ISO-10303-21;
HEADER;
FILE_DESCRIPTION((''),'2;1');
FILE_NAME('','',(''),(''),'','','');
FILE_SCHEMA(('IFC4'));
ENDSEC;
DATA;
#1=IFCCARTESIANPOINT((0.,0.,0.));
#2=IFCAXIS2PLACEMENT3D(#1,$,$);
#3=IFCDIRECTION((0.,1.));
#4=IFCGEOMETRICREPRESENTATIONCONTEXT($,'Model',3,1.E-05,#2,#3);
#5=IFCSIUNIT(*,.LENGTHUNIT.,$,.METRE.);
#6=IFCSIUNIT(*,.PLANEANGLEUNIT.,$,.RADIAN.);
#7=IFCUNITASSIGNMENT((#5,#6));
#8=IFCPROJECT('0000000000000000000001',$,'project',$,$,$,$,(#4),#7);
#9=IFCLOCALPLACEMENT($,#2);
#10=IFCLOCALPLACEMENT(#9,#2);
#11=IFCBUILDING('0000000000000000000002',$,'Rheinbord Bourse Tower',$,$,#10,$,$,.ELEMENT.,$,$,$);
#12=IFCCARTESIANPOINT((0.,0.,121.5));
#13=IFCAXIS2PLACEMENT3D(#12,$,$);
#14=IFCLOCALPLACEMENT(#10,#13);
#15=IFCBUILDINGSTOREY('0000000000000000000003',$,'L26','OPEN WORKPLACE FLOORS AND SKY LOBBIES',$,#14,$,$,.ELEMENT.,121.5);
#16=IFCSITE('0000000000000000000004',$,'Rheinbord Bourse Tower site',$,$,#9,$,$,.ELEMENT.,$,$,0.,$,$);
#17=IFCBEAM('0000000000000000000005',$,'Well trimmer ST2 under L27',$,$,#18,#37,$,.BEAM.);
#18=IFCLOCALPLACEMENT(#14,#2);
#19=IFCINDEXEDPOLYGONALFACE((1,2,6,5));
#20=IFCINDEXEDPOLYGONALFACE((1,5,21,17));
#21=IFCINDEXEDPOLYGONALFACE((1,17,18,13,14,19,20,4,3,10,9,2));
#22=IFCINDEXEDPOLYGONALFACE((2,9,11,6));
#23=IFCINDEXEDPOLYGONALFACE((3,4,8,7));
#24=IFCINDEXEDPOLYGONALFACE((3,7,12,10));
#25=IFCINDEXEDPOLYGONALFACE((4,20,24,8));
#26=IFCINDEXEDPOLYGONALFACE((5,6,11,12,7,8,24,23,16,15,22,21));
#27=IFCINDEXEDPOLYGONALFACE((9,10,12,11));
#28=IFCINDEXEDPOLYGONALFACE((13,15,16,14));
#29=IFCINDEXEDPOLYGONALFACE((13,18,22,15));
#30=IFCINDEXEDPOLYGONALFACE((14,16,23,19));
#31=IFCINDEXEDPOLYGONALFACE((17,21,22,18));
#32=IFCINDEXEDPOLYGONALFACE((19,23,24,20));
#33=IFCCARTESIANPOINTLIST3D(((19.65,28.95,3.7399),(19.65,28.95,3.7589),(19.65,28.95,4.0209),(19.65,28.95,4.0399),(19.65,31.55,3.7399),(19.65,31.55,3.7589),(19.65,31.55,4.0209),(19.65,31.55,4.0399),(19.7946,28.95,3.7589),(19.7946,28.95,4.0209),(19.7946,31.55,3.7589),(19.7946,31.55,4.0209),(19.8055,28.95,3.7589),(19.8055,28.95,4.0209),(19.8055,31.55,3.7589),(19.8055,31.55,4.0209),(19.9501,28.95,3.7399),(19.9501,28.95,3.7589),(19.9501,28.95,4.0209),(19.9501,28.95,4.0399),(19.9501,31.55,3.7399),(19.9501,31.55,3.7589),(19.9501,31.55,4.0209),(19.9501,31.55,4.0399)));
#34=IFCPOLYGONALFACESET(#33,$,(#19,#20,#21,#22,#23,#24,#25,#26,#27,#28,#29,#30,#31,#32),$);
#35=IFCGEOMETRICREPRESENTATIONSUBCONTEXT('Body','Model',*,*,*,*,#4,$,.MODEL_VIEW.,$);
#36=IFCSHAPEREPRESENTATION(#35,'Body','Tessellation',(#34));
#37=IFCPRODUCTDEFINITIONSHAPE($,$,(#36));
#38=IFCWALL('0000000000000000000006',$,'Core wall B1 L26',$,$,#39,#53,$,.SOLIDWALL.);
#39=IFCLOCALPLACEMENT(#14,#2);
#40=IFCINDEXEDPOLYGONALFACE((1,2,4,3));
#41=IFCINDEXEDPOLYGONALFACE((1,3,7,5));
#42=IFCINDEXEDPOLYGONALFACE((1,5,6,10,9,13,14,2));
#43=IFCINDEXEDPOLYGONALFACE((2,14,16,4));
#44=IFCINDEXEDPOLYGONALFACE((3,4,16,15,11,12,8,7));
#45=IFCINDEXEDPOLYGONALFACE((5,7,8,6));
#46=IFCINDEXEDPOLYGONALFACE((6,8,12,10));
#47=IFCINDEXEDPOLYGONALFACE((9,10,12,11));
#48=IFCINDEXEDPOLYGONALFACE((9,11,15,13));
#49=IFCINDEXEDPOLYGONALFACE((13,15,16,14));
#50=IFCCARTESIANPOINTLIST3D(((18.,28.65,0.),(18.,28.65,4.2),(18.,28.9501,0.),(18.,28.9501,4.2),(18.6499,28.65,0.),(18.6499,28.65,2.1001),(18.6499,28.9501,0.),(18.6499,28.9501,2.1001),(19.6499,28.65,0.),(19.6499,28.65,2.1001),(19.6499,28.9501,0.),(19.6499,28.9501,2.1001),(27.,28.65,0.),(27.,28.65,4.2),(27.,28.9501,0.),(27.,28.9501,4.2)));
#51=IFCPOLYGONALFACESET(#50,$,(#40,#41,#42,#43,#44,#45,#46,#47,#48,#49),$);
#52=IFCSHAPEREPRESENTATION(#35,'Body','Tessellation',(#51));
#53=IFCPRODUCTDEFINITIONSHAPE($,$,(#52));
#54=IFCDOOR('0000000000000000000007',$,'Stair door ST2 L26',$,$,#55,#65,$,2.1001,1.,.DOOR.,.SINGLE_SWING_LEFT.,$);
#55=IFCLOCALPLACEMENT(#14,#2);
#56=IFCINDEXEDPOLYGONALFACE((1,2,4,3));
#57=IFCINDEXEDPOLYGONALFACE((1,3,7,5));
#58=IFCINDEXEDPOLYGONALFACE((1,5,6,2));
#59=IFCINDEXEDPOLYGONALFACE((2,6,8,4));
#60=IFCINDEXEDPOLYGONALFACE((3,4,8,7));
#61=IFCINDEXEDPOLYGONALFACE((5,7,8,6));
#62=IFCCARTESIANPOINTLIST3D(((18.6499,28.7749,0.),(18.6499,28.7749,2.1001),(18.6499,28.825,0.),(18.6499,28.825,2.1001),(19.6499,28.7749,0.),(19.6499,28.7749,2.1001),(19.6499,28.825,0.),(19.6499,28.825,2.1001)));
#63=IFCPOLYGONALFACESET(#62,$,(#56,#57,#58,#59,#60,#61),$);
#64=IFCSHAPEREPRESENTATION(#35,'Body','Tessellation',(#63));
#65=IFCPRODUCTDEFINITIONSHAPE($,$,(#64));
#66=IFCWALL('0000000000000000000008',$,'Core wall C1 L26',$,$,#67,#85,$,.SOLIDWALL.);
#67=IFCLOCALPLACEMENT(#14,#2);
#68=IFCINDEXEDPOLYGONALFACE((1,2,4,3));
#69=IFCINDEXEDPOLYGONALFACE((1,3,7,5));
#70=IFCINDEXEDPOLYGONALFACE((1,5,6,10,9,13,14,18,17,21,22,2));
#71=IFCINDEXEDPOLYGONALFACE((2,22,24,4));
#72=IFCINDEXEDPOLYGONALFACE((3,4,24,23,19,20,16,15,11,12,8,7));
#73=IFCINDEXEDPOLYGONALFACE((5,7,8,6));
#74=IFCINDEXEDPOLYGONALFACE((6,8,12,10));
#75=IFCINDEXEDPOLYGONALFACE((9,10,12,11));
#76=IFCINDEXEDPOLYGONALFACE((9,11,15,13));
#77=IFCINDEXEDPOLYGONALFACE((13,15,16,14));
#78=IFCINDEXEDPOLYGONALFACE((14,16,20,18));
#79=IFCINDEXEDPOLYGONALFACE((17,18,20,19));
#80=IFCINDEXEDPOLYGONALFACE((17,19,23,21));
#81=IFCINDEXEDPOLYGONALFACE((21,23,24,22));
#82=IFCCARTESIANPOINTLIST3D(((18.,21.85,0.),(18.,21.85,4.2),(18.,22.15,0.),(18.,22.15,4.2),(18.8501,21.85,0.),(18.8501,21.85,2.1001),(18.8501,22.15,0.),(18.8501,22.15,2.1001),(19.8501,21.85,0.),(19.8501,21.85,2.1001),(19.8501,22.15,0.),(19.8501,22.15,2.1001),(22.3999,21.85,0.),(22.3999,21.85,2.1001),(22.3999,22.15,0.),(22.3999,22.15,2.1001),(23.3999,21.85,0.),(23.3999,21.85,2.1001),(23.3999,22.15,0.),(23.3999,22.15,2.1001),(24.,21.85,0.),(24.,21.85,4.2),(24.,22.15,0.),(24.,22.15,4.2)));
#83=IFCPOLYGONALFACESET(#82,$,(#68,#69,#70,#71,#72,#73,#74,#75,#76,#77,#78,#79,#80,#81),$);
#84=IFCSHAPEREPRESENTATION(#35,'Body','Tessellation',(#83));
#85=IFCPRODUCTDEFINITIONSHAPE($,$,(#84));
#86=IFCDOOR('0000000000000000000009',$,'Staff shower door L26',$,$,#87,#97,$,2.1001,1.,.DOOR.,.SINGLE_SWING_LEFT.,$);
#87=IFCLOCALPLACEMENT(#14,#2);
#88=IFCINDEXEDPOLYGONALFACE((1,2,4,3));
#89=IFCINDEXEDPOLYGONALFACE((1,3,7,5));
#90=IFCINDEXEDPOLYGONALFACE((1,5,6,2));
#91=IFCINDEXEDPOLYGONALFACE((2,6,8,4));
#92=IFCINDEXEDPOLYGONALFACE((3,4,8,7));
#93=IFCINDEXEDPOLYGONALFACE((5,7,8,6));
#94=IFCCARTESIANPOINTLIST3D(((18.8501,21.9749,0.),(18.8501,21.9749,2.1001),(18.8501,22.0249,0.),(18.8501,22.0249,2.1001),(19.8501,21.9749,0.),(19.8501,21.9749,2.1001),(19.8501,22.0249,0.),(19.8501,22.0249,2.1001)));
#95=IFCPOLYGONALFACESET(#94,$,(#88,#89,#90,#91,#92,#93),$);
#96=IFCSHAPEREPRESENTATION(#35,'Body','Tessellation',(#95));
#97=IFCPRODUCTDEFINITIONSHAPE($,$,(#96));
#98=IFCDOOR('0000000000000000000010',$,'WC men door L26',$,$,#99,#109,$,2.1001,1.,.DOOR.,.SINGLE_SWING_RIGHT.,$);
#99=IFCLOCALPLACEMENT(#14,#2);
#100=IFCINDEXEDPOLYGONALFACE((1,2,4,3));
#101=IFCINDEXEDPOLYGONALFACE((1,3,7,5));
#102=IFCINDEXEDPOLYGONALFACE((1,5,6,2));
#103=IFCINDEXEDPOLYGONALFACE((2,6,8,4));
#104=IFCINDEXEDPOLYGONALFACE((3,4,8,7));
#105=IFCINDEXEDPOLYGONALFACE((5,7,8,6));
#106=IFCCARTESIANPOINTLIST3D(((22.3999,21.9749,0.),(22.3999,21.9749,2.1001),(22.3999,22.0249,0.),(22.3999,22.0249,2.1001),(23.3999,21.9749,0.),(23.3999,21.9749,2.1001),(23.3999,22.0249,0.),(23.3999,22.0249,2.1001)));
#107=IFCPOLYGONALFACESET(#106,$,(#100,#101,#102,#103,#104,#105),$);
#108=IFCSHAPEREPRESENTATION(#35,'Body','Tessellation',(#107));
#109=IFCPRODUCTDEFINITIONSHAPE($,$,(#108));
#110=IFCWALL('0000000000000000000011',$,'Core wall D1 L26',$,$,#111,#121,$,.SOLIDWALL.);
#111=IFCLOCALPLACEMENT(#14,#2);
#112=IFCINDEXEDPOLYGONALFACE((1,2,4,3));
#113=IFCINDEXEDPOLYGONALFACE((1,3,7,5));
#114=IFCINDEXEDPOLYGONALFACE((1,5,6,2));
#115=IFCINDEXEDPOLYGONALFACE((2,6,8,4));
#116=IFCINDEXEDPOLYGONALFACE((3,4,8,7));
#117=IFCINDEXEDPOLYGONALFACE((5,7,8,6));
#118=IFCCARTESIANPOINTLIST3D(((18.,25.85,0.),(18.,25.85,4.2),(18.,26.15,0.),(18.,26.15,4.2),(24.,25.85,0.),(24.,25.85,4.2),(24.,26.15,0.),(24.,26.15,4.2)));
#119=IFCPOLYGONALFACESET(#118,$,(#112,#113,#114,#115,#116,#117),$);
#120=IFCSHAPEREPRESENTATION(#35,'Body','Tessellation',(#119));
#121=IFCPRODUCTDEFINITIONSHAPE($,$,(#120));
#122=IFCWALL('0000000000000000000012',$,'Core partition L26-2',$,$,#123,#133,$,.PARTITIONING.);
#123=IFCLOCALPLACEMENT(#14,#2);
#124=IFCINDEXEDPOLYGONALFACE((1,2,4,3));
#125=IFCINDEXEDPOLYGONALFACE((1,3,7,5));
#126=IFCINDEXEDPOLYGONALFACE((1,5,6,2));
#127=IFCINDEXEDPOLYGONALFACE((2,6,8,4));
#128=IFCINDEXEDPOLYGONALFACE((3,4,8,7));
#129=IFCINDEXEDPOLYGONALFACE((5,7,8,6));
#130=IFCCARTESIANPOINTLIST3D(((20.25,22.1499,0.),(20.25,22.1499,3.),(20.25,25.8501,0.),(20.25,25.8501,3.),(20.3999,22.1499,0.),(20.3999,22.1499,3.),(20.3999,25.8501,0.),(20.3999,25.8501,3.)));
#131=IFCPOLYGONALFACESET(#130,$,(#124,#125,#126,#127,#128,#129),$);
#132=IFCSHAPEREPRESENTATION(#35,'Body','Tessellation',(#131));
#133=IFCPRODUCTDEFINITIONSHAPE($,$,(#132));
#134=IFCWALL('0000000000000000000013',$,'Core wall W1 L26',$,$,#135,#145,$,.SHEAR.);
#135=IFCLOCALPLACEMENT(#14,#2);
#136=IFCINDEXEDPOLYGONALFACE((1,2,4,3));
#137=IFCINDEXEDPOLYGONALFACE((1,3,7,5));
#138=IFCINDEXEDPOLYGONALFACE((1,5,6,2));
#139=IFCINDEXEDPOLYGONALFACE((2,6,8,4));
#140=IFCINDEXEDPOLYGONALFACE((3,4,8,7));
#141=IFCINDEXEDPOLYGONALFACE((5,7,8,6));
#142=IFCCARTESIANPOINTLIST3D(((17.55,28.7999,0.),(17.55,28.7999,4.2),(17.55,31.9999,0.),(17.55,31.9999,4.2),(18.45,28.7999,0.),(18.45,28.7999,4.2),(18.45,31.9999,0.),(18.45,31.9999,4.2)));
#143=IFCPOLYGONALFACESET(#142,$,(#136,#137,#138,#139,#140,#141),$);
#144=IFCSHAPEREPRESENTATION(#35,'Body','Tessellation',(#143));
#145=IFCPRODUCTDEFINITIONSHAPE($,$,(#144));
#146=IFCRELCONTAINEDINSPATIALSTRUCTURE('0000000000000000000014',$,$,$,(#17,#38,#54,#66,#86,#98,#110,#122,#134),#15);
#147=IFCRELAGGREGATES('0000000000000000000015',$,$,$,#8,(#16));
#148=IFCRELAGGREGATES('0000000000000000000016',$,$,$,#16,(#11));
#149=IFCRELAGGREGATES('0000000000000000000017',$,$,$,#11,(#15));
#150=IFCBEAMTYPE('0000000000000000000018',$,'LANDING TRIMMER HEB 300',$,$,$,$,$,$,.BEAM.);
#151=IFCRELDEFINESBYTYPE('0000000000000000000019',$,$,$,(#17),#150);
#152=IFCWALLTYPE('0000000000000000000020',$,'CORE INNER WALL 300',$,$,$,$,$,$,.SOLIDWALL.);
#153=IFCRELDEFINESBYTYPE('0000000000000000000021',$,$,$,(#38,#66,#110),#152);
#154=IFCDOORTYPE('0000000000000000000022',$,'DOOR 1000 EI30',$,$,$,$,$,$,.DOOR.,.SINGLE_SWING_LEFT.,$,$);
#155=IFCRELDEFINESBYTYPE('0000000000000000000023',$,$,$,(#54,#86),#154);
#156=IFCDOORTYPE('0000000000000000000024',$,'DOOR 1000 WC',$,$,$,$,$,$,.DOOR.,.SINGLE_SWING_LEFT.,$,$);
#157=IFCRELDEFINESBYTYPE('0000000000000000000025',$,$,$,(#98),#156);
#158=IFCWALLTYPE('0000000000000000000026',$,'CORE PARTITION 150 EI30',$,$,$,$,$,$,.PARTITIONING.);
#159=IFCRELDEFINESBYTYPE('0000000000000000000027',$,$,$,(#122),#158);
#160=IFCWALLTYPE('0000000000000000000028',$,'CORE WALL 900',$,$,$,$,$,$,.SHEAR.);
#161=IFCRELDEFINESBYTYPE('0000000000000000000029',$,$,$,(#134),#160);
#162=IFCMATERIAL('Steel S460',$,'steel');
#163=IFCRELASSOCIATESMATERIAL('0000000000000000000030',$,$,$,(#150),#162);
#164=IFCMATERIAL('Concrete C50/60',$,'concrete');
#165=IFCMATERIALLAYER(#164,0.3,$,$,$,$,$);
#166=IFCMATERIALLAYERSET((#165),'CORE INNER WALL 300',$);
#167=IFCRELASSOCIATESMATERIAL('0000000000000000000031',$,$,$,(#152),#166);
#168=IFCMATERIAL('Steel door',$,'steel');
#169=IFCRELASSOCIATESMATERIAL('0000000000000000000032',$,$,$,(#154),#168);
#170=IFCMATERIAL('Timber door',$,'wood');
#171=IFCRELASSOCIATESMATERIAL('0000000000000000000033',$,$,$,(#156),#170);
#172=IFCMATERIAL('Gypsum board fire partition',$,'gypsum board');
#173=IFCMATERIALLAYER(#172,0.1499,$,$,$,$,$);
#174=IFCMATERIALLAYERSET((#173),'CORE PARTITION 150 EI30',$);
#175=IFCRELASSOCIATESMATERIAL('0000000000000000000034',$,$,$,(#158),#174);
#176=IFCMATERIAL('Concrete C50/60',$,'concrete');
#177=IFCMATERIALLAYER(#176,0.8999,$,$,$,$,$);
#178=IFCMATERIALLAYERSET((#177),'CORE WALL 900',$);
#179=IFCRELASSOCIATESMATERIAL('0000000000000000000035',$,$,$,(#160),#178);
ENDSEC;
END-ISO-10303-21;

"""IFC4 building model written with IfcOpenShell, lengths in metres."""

from ifc_helpers import new_model, si_unit, direction, frame, frame_2d, origin, origin_2d, place, context, subcontext, project, spatial, rectangle, i_section, extrude, material, layer, layer_set, material_profile, profile_set, type_object, element, fill, save


model = new_model("IFC4")

# Units and contexts
model_context = context("Model", 3, precision=1e-05, world=origin(), true_north=direction((0.0, 1.0)))
body_context = subcontext(model_context, "Body", "Model", "MODEL_VIEW")
ifc_project = project(units=[si_unit("LENGTHUNIT", "METRE"), si_unit("PLANEANGLEUNIT", "RADIAN")], contexts=[model_context])

# Site, building, storey
site_placement = place(None, origin())
site = spatial("IfcSite", under=ifc_project, at=site_placement, Name="Rheinbord Bourse Tower site", CompositionType="ELEMENT", RefElevation=0.0)
building_placement = place(site_placement, origin())
building = spatial("IfcBuilding", under=site, at=building_placement, Name="Rheinbord Bourse Tower", CompositionType="ELEMENT")
storey_placement = place(building_placement, frame((0.0, 0.0, 121.5)))
storey = spatial("IfcBuildingStorey", under=building, at=storey_placement, Name="L26", Description="OPEN WORKPLACE FLOORS AND SKY LOBBIES", CompositionType="ELEMENT", Elevation=121.5)

# Beam
ifc_material_1 = material(Name="Steel S460", Category="steel")
ifc_material_profile = material_profile(ifc_material_1, i_section(OverallWidth=0.3, OverallDepth=0.3, WebThickness=0.011, FlangeThickness=0.019, at=origin_2d()), Name="HEB 300")
ifc_profile_set = profile_set([ifc_material_profile], Name="Steel S460")
beam_type = type_object("IfcBeamType", Name="LANDING TRIMMER HEB 300", PredefinedType="BEAM", material=ifc_profile_set)
beam_placement = place(storey_placement, frame((19.8, 28.95, 3.8899), z_axis=(0.0, 1.0, 0.0), x_axis=(-1.0, 0.0, 0.0)))
element("IfcBeam", 1, at=beam_placement, inside=storey, type_object=beam_type, Name="Well trimmer ST2 under L27", PredefinedType="BEAM", context=body_context, shape_type="SweptSolid", body=[
    extrude(i_section(OverallWidth=0.3, OverallDepth=0.3, WebThickness=0.011, FlangeThickness=0.019, at=origin_2d()), origin(), (0.0, 0.0, 1.0), 2.6001),
])

# Wall, opening, door
ifc_material_2 = material(Name="Concrete C50/60", Category="concrete")
ifc_layer_1 = layer(ifc_material_2, 0.3)
ifc_layer_set_1 = layer_set([ifc_layer_1], Name="CORE INNER WALL 300")
wall_type_1 = type_object("IfcWallType", Name="CORE INNER WALL 300", PredefinedType="SOLIDWALL", material=ifc_layer_set_1)
wall_1_placement = place(storey_placement, frame((18.0, 28.8, 0.0), z_axis=(0.0, 0.0, 1.0), x_axis=(1.0, 0.0, 0.0)))
wall_1 = element("IfcWall", 2, at=wall_1_placement, inside=storey, type_object=wall_type_1, Name="Core wall B1 L26", PredefinedType="SOLIDWALL", context=body_context, shape_type="SweptSolid", body=[
    extrude(rectangle(XDim=9.0, YDim=0.3, at=frame_2d((4.5, 0.0))), origin(), (0.0, 0.0, 1.0), 4.2),
])
opening_1_placement = place(wall_1_placement, frame((0.6499, 0.0, 0.0)))
opening_1 = element("IfcOpeningElement", 3, at=opening_1_placement, cuts=wall_1, PredefinedType="OPENING", context=body_context, shape_type="SweptSolid", body=[
    extrude(rectangle(XDim=1.0, YDim=2.1001, at=frame_2d((0.5, 1.05))), frame((0.0, 0.1599, 0.0), z_axis=(0.0, -1.0, 0.0), x_axis=(1.0, 0.0, 0.0)), (0.0, 0.0, 1.0), 0.3201),
])
ifc_material_3 = material(Name="Steel door", Category="steel")
door_type_1 = type_object("IfcDoorType", Name="DOOR 1000 EI30", OperationType="SINGLE_SWING_LEFT", PredefinedType="DOOR", material=ifc_material_3)
door_1_placement = place(opening_1_placement, origin())
door_1 = element("IfcDoor", 4, at=door_1_placement, inside=storey, type_object=door_type_1, Name="Stair door ST2 L26", OperationType="SINGLE_SWING_LEFT", OverallHeight=2.1001, OverallWidth=1.0, PredefinedType="DOOR", context=body_context, shape_type="SweptSolid", body=[
    extrude(rectangle(XDim=1.0, YDim=2.1001, at=frame_2d((0.5, 1.05))), frame((0.0, 0.0249, 0.0), z_axis=(0.0, -1.0, 0.0), x_axis=(1.0, 0.0, 0.0)), (0.0, 0.0, 1.0), 0.05),
])
fill(opening_1, door_1)

# Wall, openings, doors
wall_2_placement = place(storey_placement, frame((18.0, 22.0, 0.0), z_axis=(0.0, 0.0, 1.0), x_axis=(1.0, 0.0, 0.0)))
wall_2 = element("IfcWall", 5, at=wall_2_placement, inside=storey, type_object=wall_type_1, Name="Core wall C1 L26", PredefinedType="SOLIDWALL", context=body_context, shape_type="SweptSolid", body=[
    extrude(rectangle(XDim=6.0, YDim=0.3, at=frame_2d((3.0, 0.0))), origin(), (0.0, 0.0, 1.0), 4.2),
])
opening_2_placement = place(wall_2_placement, frame((4.3999, 0.0, 0.0)))
opening_2 = element("IfcOpeningElement", 6, at=opening_2_placement, cuts=wall_2, PredefinedType="OPENING", context=body_context, shape_type="SweptSolid", body=[
    extrude(rectangle(XDim=1.0, YDim=2.1001, at=frame_2d((0.5, 1.05))), frame((0.0, 0.1599, 0.0), z_axis=(0.0, -1.0, 0.0), x_axis=(1.0, 0.0, 0.0)), (0.0, 0.0, 1.0), 0.3201),
])
opening_3_placement = place(wall_2_placement, frame((0.8501, 0.0, 0.0)))
opening_3 = element("IfcOpeningElement", 7, at=opening_3_placement, cuts=wall_2, PredefinedType="OPENING", context=body_context, shape_type="SweptSolid", body=[
    extrude(rectangle(XDim=1.0, YDim=2.1001, at=frame_2d((0.5, 1.05))), frame((0.0, 0.1599, 0.0), z_axis=(0.0, -1.0, 0.0), x_axis=(1.0, 0.0, 0.0)), (0.0, 0.0, 1.0), 0.3201),
])
door_2_placement = place(opening_3_placement, origin())
door_2 = element("IfcDoor", 8, at=door_2_placement, inside=storey, type_object=door_type_1, Name="Staff shower door L26", OperationType="SINGLE_SWING_LEFT", OverallHeight=2.1001, OverallWidth=1.0, PredefinedType="DOOR", context=body_context, shape_type="SweptSolid", body=[
    extrude(rectangle(XDim=1.0, YDim=2.1001, at=frame_2d((0.5, 1.05))), frame((0.0, 0.0249, 0.0), z_axis=(0.0, -1.0, 0.0), x_axis=(1.0, 0.0, 0.0)), (0.0, 0.0, 1.0), 0.05),
])
fill(opening_3, door_2)
ifc_material_4 = material(Name="Timber door", Category="wood")
door_type_2 = type_object("IfcDoorType", Name="DOOR 1000 WC", OperationType="SINGLE_SWING_LEFT", PredefinedType="DOOR", material=ifc_material_4)
door_3_placement = place(opening_2_placement, origin())
door_3 = element("IfcDoor", 9, at=door_3_placement, inside=storey, type_object=door_type_2, Name="WC men door L26", OperationType="SINGLE_SWING_RIGHT", OverallHeight=2.1001, OverallWidth=1.0, PredefinedType="DOOR", context=body_context, shape_type="SweptSolid", body=[
    extrude(rectangle(XDim=1.0, YDim=2.1001, at=frame_2d((0.5, 1.05))), frame((0.0, 0.0249, 0.0), z_axis=(0.0, -1.0, 0.0), x_axis=(1.0, 0.0, 0.0)), (0.0, 0.0, 1.0), 0.05),
])
fill(opening_2, door_3)

# Walls
wall_3_placement = place(storey_placement, frame((18.0, 26.0, 0.0), z_axis=(0.0, 0.0, 1.0), x_axis=(1.0, 0.0, 0.0)))
element("IfcWall", 10, at=wall_3_placement, inside=storey, type_object=wall_type_1, Name="Core wall D1 L26", PredefinedType="SOLIDWALL", context=body_context, shape_type="SweptSolid", body=[
    extrude(rectangle(XDim=6.0, YDim=0.3, at=frame_2d((3.0, 0.0))), origin(), (0.0, 0.0, 1.0), 4.2),
])
ifc_material_5 = material(Name="Gypsum board fire partition", Category="gypsum board")
ifc_layer_2 = layer(ifc_material_5, 0.1499)
ifc_layer_set_2 = layer_set([ifc_layer_2], Name="CORE PARTITION 150 EI30")
wall_type_2 = type_object("IfcWallType", Name="CORE PARTITION 150 EI30", PredefinedType="PARTITIONING", material=ifc_layer_set_2)
wall_4_placement = place(storey_placement, frame((20.325, 22.1499, 0.0), z_axis=(0.0, 0.0, 1.0), x_axis=(0.0, 1.0, 0.0)))
element("IfcWall", 11, at=wall_4_placement, inside=storey, type_object=wall_type_2, Name="Core partition L26-2", PredefinedType="PARTITIONING", context=body_context, shape_type="SweptSolid", body=[
    extrude(rectangle(XDim=3.7002, YDim=0.1499, at=frame_2d((1.8501, 0.0))), origin(), (0.0, 0.0, 1.0), 3.0),
])
ifc_material_6 = material(Name="Concrete C50/60", Category="concrete")
ifc_layer_3 = layer(ifc_material_6, 0.8999)
ifc_layer_set_3 = layer_set([ifc_layer_3], Name="CORE WALL 900")
wall_type_3 = type_object("IfcWallType", Name="CORE WALL 900", PredefinedType="SHEAR", material=ifc_layer_set_3)
wall_5_placement = place(storey_placement, frame((18.0, 32.0, 0.0), z_axis=(0.0, 0.0, 1.0), x_axis=(0.0, -1.0, 0.0)))
element("IfcWall", 12, at=wall_5_placement, inside=storey, type_object=wall_type_3, Name="Core wall W1 L26", PredefinedType="SHEAR", context=body_context, shape_type="SweptSolid", body=[
    extrude(rectangle(XDim=3.2, YDim=0.8999, at=frame_2d((1.6001, 0.0))), origin(), (0.0, 0.0, 1.0), 4.2),
])

save(model, "model.ifc")
